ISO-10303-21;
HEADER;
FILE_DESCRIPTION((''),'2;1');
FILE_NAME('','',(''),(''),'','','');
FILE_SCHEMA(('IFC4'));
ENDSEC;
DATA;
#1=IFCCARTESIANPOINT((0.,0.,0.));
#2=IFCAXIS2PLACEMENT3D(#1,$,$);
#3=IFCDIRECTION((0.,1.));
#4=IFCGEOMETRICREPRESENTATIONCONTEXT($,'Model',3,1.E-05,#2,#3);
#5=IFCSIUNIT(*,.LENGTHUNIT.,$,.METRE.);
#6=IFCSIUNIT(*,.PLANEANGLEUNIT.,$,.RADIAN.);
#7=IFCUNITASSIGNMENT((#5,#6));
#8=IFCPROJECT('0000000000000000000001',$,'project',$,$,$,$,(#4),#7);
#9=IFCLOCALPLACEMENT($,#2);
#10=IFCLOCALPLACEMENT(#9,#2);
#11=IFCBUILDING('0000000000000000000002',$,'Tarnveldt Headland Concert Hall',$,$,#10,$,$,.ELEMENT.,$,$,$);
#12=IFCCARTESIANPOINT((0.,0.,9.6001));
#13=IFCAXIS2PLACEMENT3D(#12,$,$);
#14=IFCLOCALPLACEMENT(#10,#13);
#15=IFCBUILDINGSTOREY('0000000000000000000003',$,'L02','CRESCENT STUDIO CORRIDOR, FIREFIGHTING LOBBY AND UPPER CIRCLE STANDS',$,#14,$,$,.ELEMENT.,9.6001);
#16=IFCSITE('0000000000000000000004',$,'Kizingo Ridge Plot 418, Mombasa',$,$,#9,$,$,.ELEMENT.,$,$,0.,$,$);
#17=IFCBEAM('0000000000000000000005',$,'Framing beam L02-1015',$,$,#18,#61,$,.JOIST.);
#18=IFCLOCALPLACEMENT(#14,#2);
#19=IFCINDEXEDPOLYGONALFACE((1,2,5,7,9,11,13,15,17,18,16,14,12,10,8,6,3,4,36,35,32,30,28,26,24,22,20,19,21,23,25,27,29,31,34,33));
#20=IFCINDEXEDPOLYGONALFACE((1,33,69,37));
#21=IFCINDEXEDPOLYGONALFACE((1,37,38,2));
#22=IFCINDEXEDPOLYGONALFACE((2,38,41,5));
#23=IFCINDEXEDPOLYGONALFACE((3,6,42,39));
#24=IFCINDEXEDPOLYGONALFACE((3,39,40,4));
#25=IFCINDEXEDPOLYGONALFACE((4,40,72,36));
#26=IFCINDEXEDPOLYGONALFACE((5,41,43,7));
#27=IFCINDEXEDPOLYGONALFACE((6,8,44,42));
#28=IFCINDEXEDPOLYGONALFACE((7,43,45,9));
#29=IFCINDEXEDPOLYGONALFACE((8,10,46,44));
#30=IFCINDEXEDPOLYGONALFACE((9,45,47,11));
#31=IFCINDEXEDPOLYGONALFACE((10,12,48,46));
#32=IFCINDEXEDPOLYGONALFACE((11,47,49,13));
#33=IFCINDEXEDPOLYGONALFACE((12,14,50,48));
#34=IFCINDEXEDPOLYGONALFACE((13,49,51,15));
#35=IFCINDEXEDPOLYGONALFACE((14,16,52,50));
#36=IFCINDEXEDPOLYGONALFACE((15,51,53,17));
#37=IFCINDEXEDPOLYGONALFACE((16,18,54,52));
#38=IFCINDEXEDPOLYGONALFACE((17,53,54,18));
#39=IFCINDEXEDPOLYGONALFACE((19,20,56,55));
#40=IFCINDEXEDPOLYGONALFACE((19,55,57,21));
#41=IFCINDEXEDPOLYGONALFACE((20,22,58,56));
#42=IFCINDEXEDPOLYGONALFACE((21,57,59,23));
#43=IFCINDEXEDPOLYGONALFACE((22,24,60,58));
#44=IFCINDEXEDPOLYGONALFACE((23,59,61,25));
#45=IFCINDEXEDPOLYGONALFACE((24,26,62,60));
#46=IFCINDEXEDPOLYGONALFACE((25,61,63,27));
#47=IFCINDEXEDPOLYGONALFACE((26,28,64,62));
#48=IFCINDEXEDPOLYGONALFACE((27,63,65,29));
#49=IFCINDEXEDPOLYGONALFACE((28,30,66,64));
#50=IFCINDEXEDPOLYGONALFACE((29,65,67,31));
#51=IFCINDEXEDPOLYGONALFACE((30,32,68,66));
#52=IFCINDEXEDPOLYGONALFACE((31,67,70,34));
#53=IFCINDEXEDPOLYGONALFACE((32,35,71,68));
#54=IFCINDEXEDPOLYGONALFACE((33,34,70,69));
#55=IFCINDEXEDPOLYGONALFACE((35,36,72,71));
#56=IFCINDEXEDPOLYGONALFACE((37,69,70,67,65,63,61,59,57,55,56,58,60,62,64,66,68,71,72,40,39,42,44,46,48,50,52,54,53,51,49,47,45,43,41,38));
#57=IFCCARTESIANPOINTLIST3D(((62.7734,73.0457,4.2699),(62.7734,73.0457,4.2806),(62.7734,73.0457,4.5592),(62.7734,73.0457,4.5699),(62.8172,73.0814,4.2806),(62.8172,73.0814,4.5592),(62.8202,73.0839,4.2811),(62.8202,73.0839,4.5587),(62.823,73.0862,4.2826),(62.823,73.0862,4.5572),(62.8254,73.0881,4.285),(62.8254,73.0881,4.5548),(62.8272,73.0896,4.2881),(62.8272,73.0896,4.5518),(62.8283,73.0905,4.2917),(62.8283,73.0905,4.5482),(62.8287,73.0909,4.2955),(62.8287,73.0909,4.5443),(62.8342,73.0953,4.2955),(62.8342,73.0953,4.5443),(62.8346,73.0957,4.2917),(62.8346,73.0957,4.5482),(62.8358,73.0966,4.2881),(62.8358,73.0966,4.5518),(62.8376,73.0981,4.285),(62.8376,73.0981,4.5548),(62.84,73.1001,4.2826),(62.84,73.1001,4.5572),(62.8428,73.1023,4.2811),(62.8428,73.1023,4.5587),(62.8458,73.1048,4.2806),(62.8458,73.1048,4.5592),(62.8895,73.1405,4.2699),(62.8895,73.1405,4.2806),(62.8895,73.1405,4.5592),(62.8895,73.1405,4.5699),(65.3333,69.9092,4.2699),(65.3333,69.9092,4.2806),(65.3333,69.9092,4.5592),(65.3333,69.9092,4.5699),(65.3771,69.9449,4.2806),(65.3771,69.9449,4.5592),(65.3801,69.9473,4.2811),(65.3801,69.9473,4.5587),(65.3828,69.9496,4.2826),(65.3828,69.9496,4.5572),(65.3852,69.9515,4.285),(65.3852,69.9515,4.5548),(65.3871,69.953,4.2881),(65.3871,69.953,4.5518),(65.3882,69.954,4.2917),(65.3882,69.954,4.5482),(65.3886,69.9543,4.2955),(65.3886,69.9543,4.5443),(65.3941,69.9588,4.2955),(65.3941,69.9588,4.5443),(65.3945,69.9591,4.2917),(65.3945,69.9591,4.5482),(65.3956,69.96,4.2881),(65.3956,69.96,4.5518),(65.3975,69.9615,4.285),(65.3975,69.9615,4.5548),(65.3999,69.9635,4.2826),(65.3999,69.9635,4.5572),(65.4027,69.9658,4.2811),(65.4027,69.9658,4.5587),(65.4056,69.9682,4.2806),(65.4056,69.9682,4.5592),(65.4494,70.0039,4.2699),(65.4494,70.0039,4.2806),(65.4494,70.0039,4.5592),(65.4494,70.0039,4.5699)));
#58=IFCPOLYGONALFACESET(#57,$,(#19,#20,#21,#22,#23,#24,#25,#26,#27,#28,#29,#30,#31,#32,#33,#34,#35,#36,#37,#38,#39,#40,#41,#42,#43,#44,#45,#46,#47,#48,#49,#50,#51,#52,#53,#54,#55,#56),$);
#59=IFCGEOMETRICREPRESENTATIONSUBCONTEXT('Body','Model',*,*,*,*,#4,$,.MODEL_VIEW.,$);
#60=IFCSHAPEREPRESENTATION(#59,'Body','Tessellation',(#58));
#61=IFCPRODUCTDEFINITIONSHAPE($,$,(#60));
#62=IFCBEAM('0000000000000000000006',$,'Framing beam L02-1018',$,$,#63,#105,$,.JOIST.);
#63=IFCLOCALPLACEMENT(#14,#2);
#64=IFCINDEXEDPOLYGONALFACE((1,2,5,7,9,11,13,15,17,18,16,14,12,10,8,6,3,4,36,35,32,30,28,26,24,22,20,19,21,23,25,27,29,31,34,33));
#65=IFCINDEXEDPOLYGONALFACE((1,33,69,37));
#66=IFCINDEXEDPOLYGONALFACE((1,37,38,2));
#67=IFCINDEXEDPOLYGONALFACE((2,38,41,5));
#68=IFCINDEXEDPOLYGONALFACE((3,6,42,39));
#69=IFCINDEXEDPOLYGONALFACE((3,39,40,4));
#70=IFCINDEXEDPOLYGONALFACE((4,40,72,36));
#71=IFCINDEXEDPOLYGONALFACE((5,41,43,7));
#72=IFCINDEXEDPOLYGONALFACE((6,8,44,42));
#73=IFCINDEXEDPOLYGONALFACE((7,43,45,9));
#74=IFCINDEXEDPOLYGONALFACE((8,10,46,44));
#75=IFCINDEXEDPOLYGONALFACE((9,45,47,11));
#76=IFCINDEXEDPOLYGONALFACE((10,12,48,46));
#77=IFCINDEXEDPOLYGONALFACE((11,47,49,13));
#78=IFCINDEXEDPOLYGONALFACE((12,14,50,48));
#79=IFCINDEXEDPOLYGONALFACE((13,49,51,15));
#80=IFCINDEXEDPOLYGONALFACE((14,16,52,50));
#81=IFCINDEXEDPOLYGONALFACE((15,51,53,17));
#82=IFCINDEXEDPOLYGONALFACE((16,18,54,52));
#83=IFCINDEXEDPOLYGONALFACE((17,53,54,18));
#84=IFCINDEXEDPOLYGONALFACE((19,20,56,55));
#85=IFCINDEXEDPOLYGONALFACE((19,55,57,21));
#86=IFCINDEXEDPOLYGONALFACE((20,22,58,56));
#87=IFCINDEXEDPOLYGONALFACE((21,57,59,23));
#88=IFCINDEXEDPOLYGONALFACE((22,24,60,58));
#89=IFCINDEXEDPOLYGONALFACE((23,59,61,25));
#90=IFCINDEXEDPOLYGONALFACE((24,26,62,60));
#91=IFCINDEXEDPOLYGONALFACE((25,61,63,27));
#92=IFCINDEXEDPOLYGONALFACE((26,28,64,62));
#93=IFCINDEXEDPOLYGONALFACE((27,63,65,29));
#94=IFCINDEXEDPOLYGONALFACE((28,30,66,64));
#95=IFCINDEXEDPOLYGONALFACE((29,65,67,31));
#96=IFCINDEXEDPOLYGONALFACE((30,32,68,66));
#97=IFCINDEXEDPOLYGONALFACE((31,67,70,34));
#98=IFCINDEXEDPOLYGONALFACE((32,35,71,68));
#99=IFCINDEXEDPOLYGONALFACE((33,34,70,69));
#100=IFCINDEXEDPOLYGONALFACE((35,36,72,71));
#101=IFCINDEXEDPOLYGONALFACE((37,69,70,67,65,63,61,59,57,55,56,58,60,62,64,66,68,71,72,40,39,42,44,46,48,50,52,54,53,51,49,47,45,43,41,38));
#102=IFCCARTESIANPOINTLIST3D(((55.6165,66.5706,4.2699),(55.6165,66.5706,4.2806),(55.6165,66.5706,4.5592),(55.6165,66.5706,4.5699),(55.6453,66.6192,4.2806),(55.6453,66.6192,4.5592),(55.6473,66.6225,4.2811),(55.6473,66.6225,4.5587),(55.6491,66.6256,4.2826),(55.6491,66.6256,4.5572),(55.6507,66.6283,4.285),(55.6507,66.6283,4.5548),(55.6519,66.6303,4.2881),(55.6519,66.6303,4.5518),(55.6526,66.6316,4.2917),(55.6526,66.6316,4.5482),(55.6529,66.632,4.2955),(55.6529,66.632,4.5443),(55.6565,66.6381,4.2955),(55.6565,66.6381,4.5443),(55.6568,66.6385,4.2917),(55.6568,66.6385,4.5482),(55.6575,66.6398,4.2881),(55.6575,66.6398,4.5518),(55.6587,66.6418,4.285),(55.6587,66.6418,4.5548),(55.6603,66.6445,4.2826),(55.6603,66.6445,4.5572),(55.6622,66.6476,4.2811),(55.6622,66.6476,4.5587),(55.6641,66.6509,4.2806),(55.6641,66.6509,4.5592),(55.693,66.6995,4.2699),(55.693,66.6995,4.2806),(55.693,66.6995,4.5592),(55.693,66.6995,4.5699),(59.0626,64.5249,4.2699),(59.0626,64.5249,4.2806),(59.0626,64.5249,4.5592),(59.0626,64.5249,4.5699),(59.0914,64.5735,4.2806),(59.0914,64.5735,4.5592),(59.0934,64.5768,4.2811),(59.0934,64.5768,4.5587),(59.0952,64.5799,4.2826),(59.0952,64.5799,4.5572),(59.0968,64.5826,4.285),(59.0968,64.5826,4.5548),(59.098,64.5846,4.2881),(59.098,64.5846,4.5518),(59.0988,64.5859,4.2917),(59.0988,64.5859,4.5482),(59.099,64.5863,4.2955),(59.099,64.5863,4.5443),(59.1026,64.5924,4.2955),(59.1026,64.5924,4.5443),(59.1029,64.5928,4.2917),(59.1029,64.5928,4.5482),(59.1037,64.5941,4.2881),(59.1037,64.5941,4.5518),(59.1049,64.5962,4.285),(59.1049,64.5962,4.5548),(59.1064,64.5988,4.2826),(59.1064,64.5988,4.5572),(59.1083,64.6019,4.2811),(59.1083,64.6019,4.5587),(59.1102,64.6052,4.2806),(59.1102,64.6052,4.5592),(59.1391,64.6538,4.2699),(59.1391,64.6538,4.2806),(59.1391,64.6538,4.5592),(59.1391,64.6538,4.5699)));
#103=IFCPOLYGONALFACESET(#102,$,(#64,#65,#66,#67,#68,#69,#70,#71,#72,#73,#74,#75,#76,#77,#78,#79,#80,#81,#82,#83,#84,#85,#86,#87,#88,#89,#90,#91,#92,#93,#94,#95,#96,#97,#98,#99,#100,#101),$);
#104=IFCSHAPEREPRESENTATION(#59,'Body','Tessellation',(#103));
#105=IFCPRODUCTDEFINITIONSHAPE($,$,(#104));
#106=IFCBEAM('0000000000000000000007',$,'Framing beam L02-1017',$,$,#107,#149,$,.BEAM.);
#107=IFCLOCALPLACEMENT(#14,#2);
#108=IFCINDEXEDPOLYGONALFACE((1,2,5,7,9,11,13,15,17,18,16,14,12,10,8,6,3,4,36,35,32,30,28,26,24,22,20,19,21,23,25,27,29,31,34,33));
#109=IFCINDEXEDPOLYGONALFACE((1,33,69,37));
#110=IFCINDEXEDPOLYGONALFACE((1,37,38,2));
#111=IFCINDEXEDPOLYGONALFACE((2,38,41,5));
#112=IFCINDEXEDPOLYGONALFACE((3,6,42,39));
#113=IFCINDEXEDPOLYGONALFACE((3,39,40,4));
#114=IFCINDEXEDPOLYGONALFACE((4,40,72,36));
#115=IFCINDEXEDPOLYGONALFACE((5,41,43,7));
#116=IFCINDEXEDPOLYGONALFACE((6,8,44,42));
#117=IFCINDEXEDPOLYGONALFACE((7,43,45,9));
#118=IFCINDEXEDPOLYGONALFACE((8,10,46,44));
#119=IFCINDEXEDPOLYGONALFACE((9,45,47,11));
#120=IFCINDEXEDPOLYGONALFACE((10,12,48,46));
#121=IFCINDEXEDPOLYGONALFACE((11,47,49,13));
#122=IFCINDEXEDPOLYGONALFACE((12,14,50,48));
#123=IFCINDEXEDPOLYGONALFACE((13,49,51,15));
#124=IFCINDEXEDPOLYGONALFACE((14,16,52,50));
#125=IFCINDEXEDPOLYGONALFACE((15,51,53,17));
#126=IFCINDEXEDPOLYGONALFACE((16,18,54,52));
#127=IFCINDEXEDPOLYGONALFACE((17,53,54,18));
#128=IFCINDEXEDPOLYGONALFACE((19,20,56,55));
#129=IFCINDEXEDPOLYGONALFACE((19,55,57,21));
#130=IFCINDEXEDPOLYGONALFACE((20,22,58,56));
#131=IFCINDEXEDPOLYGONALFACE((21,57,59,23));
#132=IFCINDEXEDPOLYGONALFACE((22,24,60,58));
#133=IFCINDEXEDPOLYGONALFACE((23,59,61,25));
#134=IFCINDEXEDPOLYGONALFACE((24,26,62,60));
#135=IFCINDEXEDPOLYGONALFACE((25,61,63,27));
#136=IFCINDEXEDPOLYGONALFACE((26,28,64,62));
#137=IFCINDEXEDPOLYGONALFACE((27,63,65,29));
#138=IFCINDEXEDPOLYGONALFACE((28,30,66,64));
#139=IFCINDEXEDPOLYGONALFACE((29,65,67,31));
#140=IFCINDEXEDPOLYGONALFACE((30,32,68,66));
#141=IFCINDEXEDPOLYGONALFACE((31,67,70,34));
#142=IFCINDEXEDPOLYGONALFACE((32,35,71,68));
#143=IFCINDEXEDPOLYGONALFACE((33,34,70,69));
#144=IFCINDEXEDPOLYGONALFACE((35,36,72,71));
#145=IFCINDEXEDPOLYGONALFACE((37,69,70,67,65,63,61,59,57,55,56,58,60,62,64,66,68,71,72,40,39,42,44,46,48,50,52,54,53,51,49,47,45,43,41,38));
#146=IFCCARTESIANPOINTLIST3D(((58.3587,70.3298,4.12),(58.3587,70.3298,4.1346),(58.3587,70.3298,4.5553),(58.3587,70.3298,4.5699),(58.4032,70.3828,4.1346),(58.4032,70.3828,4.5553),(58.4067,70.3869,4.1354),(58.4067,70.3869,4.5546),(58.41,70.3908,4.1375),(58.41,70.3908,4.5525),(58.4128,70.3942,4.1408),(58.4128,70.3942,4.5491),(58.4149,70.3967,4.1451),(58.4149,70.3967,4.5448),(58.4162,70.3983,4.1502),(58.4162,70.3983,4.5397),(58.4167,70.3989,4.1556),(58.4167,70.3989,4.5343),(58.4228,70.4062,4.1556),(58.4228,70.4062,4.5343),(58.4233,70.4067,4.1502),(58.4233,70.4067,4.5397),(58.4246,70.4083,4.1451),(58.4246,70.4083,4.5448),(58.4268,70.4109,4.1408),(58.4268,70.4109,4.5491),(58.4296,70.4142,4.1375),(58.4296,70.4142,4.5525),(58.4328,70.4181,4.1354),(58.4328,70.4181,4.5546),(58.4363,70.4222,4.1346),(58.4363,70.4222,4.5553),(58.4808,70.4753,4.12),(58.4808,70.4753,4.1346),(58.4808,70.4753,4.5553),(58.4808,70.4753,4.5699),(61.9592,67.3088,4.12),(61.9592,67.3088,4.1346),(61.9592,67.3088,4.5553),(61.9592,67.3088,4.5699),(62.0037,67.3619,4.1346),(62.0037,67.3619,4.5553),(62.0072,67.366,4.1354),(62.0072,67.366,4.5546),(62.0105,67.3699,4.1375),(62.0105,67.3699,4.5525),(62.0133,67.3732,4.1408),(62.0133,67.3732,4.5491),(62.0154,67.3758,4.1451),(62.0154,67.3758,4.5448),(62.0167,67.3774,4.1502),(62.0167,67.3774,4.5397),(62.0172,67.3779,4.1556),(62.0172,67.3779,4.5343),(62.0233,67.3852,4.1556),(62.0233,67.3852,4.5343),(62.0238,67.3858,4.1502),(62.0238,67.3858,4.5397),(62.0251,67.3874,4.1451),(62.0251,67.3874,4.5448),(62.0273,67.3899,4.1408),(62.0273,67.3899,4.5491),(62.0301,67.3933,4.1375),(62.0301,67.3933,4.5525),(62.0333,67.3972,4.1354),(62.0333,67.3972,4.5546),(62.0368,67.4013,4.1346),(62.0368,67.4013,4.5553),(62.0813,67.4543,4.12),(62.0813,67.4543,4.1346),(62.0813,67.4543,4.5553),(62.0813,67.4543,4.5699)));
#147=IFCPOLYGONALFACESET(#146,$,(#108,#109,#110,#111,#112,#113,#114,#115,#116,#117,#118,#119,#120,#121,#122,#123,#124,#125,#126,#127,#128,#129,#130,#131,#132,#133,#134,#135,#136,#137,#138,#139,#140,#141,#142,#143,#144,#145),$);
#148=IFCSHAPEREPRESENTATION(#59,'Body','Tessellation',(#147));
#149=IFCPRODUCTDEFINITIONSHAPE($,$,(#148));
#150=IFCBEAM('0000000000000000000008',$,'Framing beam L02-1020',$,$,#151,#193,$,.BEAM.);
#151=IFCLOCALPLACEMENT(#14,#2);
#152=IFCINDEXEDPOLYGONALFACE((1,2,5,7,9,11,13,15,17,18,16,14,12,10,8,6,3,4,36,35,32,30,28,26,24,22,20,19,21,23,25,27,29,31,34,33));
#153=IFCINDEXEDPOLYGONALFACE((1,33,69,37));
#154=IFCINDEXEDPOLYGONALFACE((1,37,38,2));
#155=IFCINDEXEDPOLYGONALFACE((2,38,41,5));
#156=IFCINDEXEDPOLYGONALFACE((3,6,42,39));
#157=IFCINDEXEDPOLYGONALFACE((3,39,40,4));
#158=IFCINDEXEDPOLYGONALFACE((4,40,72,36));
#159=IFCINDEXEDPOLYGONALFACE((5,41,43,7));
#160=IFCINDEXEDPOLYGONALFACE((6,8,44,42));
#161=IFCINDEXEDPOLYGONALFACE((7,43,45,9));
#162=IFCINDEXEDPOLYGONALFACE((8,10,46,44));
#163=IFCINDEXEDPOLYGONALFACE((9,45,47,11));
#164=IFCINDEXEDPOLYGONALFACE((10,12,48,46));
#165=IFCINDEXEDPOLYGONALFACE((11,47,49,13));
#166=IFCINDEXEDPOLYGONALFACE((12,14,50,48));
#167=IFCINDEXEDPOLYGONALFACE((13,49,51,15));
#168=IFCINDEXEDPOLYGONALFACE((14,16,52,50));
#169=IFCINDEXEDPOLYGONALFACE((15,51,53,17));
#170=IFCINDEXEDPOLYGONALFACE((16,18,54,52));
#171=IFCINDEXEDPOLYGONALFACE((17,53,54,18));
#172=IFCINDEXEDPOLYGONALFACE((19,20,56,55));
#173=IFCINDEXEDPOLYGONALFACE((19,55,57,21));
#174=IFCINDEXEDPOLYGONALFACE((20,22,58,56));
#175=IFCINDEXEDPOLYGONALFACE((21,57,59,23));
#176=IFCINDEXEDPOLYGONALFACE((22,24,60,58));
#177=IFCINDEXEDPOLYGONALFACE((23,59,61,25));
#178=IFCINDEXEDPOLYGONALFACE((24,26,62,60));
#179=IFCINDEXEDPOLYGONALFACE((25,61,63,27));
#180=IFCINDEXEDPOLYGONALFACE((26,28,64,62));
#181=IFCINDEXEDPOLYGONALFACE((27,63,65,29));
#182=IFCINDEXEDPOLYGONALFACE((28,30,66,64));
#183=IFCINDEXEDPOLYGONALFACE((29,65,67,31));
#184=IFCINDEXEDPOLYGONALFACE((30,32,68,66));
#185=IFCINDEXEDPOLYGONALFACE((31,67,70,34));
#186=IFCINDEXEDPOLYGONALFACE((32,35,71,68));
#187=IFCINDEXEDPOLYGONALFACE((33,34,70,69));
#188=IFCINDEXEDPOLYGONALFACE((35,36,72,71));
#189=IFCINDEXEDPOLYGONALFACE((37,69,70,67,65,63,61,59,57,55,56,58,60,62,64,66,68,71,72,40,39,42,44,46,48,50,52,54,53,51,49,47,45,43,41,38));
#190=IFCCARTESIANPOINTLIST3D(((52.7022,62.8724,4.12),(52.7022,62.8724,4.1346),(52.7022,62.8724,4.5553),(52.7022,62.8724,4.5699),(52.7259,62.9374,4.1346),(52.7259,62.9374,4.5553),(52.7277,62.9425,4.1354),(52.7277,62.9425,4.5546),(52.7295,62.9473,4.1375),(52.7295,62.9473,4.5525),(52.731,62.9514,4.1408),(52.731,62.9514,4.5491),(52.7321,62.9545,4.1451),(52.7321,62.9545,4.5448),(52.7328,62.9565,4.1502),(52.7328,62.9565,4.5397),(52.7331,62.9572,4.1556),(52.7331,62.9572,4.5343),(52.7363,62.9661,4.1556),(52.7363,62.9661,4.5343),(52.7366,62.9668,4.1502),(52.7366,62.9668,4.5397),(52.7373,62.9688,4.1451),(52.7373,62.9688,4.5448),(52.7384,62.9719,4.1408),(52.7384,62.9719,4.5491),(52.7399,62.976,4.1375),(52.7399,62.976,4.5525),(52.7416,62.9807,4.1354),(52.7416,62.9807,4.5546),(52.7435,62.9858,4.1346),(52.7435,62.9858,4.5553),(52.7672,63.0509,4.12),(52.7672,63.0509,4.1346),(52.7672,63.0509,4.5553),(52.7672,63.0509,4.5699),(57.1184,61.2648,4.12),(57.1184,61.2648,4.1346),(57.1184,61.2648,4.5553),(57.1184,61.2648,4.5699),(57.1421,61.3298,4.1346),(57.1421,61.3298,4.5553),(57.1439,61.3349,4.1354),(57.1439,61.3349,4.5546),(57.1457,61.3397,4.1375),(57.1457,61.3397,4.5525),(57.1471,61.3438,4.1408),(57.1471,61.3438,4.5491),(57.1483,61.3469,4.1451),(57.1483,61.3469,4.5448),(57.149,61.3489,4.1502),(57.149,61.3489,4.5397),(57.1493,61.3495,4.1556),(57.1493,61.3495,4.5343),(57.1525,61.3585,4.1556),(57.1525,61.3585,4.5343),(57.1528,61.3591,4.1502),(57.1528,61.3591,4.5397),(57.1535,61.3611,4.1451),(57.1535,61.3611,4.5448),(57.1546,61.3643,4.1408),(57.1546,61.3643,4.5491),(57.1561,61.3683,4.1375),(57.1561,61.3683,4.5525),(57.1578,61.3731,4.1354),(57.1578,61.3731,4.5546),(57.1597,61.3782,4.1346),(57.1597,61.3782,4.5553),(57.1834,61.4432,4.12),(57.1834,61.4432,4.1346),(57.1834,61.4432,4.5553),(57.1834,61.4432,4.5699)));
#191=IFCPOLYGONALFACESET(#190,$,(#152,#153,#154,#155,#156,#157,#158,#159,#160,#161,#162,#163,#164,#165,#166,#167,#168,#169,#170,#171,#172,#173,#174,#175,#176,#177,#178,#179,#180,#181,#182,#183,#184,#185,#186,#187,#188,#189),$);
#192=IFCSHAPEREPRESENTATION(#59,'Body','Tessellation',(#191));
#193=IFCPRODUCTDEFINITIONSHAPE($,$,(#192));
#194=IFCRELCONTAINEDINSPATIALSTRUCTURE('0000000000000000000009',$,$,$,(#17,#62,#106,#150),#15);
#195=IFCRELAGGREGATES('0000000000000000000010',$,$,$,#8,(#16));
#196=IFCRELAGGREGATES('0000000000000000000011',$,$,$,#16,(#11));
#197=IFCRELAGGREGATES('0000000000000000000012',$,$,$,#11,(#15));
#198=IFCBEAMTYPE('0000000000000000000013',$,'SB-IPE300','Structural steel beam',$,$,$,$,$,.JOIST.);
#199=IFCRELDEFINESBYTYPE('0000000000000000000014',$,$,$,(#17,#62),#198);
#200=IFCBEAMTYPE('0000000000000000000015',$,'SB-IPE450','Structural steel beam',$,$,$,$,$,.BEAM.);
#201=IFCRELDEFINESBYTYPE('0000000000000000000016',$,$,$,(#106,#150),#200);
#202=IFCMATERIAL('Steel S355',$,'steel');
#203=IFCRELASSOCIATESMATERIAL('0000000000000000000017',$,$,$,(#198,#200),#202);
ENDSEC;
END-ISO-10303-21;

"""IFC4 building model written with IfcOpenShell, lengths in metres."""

from ifc_helpers import new_model, si_unit, direction, frame, origin, origin_2d, place, context, subcontext, project, spatial, i_section, extrude, material, material_profile, profile_set, type_object, element, save


model = new_model("IFC4")

# Units and contexts
model_context = context("Model", 3, precision=1e-05, world=origin(), true_north=direction((0.0, 1.0)))
body_context = subcontext(model_context, "Body", "Model", "MODEL_VIEW")
ifc_project = project(units=[si_unit("LENGTHUNIT", "METRE"), si_unit("PLANEANGLEUNIT", "RADIAN")], contexts=[model_context])

# Site, building, storey
site_placement = place(None, origin())
site = spatial("IfcSite", under=ifc_project, at=site_placement, Name="Kizingo Ridge Plot 418, Mombasa", CompositionType="ELEMENT", RefElevation=0.0)
building_placement = place(site_placement, origin())
building = spatial("IfcBuilding", under=site, at=building_placement, Name="Tarnveldt Headland Concert Hall", CompositionType="ELEMENT")
storey_placement = place(building_placement, frame((0.0, 0.0, 9.6001)))
storey = spatial("IfcBuildingStorey", under=building, at=storey_placement, Name="L02", Description="CRESCENT STUDIO CORRIDOR, FIREFIGHTING LOBBY AND UPPER CIRCLE STANDS", CompositionType="ELEMENT", Elevation=9.6001)

# Shared definitions
ifc_material_1 = material(Name="Steel S355", Category="steel")

# Beams
ifc_material_profile_1 = material_profile(ifc_material_1, i_section(OverallWidth=0.1499, OverallDepth=0.3, WebThickness=0.0071, FlangeThickness=0.0107, FilletRadius=0.0149, at=origin_2d()), Name="IPE300", Category="steel")
ifc_profile_set_1 = profile_set([ifc_material_profile_1], Name="Steel S355")
beam_type_1 = type_object("IfcBeamType", Name="SB-IPE300", Description="Structural steel beam", PredefinedType="JOIST", material=ifc_profile_set_1)
beam_1_placement = place(storey_placement, frame((65.3914, 69.9565, 4.4199), z_axis=(-0.632292, 0.774731, 0.0), x_axis=(-0.774731, -0.632292, 0.0)))
element("IfcBeam", 1, at=beam_1_placement, inside=storey, type_object=beam_type_1, Name="Framing beam L02-1015", PredefinedType="JOIST", context=body_context, shape_type="SweptSolid", body=[
    extrude(i_section(OverallWidth=0.1499, OverallDepth=0.3, WebThickness=0.0071, FlangeThickness=0.0107, FilletRadius=0.0149, at=origin_2d()), origin(), (0.0, 0.0, 1.0), 4.0486),
])
beam_2_placement = place(storey_placement, frame((59.1008, 64.5894, 4.4199), z_axis=(-0.859902, 0.510459, 0.0), x_axis=(-0.510459, -0.859902, 0.0)))
element("IfcBeam", 2, at=beam_2_placement, inside=storey, type_object=beam_type_1, Name="Framing beam L02-1018", PredefinedType="JOIST", context=body_context, shape_type="SweptSolid", body=[
    extrude(i_section(OverallWidth=0.1499, OverallDepth=0.3, WebThickness=0.0071, FlangeThickness=0.0107, FilletRadius=0.0149, at=origin_2d()), origin(), (0.0, 0.0, 1.0), 4.0076),
])
ifc_material_profile_2 = material_profile(ifc_material_1, i_section(OverallWidth=0.1899, OverallDepth=0.45, WebThickness=0.0095, FlangeThickness=0.0146, FilletRadius=0.021, at=origin_2d()), Name="IPE450", Category="steel")
ifc_profile_set_2 = profile_set([ifc_material_profile_2], Name="Steel S355")
beam_type_2 = type_object("IfcBeamType", Name="SB-IPE450", Description="Structural steel beam", PredefinedType="BEAM", material=ifc_profile_set_2)
beam_3_placement = place(storey_placement, frame((62.0203, 67.3816, 4.345), z_axis=(-0.766071, 0.642756, 0.0), x_axis=(-0.642756, -0.766071, 0.0)))
element("IfcBeam", 3, at=beam_3_placement, inside=storey, type_object=beam_type_2, Name="Framing beam L02-1017", PredefinedType="BEAM", context=body_context, shape_type="SweptSolid", body=[
    extrude(i_section(OverallWidth=0.1899, OverallDepth=0.45, WebThickness=0.0095, FlangeThickness=0.0146, FilletRadius=0.021, at=origin_2d()), origin(), (0.0, 0.0, 1.0), 4.7),
])
beam_4_placement = place(storey_placement, frame((57.1509, 61.354, 4.345), z_axis=(-0.939674, 0.342073, 0.0), x_axis=(-0.342073, -0.939674, 0.0)))
element("IfcBeam", 4, at=beam_4_placement, inside=storey, type_object=beam_type_2, Name="Framing beam L02-1020", PredefinedType="BEAM", context=body_context, shape_type="SweptSolid", body=[
    extrude(i_section(OverallWidth=0.1899, OverallDepth=0.45, WebThickness=0.0095, FlangeThickness=0.0146, FilletRadius=0.021, at=origin_2d()), origin(), (0.0, 0.0, 1.0), 4.6997),
])

save(model, "model.ifc")
